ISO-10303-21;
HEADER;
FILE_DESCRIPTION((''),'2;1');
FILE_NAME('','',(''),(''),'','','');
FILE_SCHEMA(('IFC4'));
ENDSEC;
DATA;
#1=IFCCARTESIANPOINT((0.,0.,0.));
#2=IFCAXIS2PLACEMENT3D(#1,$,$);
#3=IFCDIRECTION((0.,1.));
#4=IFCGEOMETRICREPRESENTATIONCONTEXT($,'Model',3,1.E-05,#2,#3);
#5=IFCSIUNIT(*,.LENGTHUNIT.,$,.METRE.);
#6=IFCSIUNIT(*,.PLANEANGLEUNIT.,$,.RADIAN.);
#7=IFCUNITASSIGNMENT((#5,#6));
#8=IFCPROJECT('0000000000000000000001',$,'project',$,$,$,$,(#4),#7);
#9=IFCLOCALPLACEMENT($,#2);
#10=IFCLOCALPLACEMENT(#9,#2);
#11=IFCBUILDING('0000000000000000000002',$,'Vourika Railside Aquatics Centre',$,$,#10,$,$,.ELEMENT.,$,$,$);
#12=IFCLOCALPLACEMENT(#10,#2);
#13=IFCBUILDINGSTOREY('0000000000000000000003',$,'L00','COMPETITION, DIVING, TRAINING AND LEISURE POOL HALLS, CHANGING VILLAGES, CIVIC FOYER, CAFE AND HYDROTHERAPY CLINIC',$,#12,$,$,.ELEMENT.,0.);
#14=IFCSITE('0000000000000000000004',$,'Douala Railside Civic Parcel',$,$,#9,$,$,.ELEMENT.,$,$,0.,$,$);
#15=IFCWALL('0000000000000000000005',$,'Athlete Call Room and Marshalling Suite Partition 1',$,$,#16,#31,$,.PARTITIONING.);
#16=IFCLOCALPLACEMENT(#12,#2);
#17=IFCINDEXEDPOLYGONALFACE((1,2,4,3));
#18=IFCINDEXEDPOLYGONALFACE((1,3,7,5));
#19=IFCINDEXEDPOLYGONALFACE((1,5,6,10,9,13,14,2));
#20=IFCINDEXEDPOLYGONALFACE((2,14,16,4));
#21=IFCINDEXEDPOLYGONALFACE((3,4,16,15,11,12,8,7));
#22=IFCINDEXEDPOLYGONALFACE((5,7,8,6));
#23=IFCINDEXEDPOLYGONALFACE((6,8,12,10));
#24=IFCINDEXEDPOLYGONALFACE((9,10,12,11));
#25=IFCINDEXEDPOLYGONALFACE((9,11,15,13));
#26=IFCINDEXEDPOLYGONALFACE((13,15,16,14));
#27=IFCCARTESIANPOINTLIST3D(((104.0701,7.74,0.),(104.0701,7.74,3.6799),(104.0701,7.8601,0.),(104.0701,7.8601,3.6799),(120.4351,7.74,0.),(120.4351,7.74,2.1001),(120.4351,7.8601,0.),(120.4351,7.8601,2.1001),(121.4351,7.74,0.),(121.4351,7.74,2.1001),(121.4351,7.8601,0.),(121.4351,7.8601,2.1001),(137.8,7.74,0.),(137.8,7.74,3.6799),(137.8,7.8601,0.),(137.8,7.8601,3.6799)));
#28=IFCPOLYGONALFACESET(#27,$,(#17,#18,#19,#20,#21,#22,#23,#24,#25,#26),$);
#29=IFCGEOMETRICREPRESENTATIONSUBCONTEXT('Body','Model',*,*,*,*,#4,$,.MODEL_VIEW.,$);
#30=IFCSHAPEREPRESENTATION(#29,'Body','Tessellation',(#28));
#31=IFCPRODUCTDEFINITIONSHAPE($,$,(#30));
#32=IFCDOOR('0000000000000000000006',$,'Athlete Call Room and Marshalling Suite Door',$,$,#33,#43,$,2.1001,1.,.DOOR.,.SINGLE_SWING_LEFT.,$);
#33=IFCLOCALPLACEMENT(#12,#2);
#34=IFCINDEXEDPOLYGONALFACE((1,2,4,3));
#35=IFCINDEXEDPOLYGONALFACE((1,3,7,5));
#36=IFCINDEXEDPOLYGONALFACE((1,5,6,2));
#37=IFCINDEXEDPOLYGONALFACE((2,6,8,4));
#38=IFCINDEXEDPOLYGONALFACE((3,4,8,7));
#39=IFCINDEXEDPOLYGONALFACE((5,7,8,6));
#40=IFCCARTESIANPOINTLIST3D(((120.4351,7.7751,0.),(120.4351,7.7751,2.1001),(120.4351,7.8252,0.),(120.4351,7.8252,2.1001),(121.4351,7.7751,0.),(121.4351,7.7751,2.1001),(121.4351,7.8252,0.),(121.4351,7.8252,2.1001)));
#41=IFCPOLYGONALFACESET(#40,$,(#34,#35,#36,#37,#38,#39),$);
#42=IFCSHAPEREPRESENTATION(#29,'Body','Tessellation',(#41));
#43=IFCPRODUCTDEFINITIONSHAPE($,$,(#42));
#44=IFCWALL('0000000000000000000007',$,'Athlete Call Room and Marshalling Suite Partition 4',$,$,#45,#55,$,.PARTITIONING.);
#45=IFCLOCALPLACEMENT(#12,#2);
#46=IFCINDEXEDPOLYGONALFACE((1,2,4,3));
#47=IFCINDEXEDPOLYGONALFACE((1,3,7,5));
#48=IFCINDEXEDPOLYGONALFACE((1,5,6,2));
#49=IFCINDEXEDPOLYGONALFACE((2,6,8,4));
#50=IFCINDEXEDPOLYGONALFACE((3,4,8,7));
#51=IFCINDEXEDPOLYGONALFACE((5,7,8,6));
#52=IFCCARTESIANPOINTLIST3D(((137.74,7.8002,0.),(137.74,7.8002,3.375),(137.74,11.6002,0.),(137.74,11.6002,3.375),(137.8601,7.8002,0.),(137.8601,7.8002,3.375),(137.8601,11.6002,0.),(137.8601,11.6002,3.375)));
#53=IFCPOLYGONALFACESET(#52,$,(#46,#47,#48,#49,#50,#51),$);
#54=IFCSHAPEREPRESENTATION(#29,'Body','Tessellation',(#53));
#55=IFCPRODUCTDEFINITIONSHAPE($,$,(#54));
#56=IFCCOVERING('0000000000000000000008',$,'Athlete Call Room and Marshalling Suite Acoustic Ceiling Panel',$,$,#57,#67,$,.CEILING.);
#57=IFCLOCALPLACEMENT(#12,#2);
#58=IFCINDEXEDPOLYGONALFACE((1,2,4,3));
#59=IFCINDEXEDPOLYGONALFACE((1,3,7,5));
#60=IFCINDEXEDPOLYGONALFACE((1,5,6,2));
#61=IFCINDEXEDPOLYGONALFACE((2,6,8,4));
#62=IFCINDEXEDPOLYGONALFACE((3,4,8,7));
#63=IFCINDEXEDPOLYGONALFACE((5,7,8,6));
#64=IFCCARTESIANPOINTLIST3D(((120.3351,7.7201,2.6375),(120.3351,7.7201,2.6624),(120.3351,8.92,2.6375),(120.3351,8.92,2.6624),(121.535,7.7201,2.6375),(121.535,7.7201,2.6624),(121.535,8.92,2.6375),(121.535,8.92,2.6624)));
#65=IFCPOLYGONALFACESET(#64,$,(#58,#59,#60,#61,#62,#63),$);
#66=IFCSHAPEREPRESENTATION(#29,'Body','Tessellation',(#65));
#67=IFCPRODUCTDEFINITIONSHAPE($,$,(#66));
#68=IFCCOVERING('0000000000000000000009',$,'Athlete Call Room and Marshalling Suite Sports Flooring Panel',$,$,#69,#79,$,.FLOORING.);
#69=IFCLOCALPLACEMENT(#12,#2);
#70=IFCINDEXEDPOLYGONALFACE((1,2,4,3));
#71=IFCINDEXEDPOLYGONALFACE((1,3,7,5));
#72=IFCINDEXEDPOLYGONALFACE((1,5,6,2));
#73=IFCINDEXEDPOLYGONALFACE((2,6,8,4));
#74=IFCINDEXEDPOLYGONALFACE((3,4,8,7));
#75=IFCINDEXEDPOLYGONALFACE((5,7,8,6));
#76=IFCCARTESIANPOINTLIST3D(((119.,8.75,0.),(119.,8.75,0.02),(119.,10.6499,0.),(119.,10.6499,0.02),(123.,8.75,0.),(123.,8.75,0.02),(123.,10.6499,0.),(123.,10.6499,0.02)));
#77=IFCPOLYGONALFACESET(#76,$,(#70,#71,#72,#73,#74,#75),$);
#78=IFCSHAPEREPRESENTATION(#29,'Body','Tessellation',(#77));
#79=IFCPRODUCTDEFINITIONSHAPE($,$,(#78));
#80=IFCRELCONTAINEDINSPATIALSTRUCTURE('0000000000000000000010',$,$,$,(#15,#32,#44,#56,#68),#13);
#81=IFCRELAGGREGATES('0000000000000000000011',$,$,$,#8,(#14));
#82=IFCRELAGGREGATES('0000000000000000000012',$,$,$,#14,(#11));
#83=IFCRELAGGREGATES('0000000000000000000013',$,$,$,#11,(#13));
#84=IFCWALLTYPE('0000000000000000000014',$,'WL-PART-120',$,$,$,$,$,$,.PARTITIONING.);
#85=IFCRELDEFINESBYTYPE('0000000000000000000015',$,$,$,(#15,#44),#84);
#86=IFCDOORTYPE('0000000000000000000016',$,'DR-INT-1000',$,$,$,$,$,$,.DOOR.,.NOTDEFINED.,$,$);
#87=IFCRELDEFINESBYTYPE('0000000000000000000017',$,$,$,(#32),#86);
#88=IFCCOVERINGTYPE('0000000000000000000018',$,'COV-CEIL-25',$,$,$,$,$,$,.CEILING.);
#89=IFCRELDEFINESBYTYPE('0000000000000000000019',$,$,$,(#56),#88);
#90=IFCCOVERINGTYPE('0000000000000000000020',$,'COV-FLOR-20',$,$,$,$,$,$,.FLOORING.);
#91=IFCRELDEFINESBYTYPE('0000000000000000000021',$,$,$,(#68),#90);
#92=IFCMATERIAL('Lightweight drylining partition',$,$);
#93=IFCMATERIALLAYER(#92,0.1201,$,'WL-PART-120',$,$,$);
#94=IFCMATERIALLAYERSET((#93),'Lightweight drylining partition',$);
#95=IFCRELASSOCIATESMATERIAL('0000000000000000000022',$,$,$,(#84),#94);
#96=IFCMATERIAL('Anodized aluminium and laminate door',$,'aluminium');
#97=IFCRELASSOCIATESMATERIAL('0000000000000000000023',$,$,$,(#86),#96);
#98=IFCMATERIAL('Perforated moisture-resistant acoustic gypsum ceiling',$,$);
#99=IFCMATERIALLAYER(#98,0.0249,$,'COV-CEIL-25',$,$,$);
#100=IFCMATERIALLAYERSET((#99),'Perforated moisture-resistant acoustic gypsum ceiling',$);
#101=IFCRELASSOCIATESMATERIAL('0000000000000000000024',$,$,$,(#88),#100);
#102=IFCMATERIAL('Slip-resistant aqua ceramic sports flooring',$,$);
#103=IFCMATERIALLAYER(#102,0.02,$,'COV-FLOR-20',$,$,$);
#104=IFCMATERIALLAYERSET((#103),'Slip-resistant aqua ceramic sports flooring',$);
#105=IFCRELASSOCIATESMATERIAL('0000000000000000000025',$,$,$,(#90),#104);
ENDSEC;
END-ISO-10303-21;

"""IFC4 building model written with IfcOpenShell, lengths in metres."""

from ifc_helpers import new_model, si_unit, direction, frame, frame_2d, origin, origin_2d, place, context, subcontext, project, spatial, rectangle, extrude, material, layer, layer_set, type_object, element, fill, save


model = new_model("IFC4")

# Units and contexts
model_context = context("Model", 3, precision=1e-05, world=origin(), true_north=direction((0.0, 1.0)))
body_context = subcontext(model_context, "Body", "Model", "MODEL_VIEW")
ifc_project = project(units=[si_unit("LENGTHUNIT", "METRE"), si_unit("PLANEANGLEUNIT", "RADIAN")], contexts=[model_context])

# Site, building, storey
site_placement = place(None, origin())
site = spatial("IfcSite", under=ifc_project, at=site_placement, Name="Douala Railside Civic Parcel", CompositionType="ELEMENT", RefElevation=0.0)
building_placement = place(site_placement, origin())
building = spatial("IfcBuilding", under=site, at=building_placement, Name="Vourika Railside Aquatics Centre", CompositionType="ELEMENT")
storey_placement = place(building_placement, origin())
storey = spatial("IfcBuildingStorey", under=building, at=storey_placement, Name="L00", Description="COMPETITION, DIVING, TRAINING AND LEISURE POOL HALLS, CHANGING VILLAGES, CIVIC FOYER, CAFE AND HYDROTHERAPY CLINIC", CompositionType="ELEMENT", Elevation=0.0)

# Wall, opening, door
ifc_material_1 = material(Name="Lightweight drylining partition")
ifc_layer_1 = layer(ifc_material_1, 0.1201, Name="WL-PART-120")
ifc_layer_set_1 = layer_set([ifc_layer_1], Name="Lightweight drylining partition")
wall_type_1 = type_object("IfcWallType", Name="WL-PART-120", PredefinedType="PARTITIONING", material=ifc_layer_set_1)
wall_1_placement = place(storey_placement, frame((137.8, 7.8, 0.0), z_axis=(0.0, 0.0, 1.0), x_axis=(-1.0, 0.0, 0.0)))
wall_1 = element("IfcWall", 1, at=wall_1_placement, inside=storey, type_object=wall_type_1, Name="Athlete Call Room and Marshalling Suite Partition 1", PredefinedType="PARTITIONING", context=body_context, shape_type="SweptSolid", body=[
    extrude(rectangle(XDim=33.73, YDim=0.1201, at=frame_2d((16.865, 0.0))), origin(), (0.0, 0.0, 1.0), 3.6799),
])
opening_1_placement = place(wall_1_placement, frame((16.365, 0.0, 0.0)))
opening_1 = element("IfcOpeningElement", 2, at=opening_1_placement, cuts=wall_1, PredefinedType="OPENING", context=body_context, shape_type="SweptSolid", body=[
    extrude(rectangle(XDim=1.0, YDim=2.1001, at=frame_2d((0.5, 1.05))), frame((0.0, 0.0701, 0.0), z_axis=(0.0, -1.0, 0.0), x_axis=(1.0, 0.0, 0.0)), (0.0, 0.0, 1.0), 0.1401),
])
ifc_material_2 = material(Name="Anodized aluminium and laminate door", Category="aluminium")
door_type_1 = type_object("IfcDoorType", Name="DR-INT-1000", OperationType="NOTDEFINED", PredefinedType="DOOR", material=ifc_material_2)
door_1_placement = place(opening_1_placement, origin())
door_1 = element("IfcDoor", 3, at=door_1_placement, inside=storey, type_object=door_type_1, Name="Athlete Call Room and Marshalling Suite Door", OperationType="SINGLE_SWING_LEFT", OverallHeight=2.1001, OverallWidth=1.0, PredefinedType="DOOR", context=body_context, shape_type="SweptSolid", body=[
    extrude(rectangle(XDim=1.0, YDim=2.1001, at=frame_2d((0.5, 1.05))), frame((0.0, 0.0249, 0.0), z_axis=(0.0, -1.0, 0.0), x_axis=(1.0, 0.0, 0.0)), (0.0, 0.0, 1.0), 0.05),
])
fill(opening_1, door_1)

# Wall
wall_2_placement = place(storey_placement, frame((137.8, 11.6001, 0.0), z_axis=(0.0, 0.0, 1.0), x_axis=(0.0, -1.0, 0.0)))
element("IfcWall", 4, at=wall_2_placement, inside=storey, type_object=wall_type_1, Name="Athlete Call Room and Marshalling Suite Partition 4", PredefinedType="PARTITIONING", context=body_context, shape_type="SweptSolid", body=[
    extrude(rectangle(XDim=3.8, YDim=0.1201, at=frame_2d((1.8999, 0.0))), origin(), (0.0, 0.0, 1.0), 3.375),
])

# Coverings
ifc_material_3 = material(Name="Perforated moisture-resistant acoustic gypsum ceiling")
ifc_layer_2 = layer(ifc_material_3, 0.0249, Name="COV-CEIL-25")
ifc_layer_set_2 = layer_set([ifc_layer_2], Name="Perforated moisture-resistant acoustic gypsum ceiling")
covering_type_1 = type_object("IfcCoveringType", Name="COV-CEIL-25", PredefinedType="CEILING", material=ifc_layer_set_2)
covering_1_placement = place(storey_placement, frame((120.9351, 8.3201, 2.6375), z_axis=(0.0, 0.0, 1.0), x_axis=(1.0, 0.0, 0.0)))
element("IfcCovering", 5, at=covering_1_placement, inside=storey, type_object=covering_type_1, Name="Athlete Call Room and Marshalling Suite Acoustic Ceiling Panel", PredefinedType="CEILING", context=body_context, shape_type="SweptSolid", body=[
    extrude(rectangle(XDim=1.2, YDim=1.2, at=origin_2d()), origin(), (0.0, 0.0, 1.0), 0.0249),
])
ifc_material_4 = material(Name="Slip-resistant aqua ceramic sports flooring")
ifc_layer_3 = layer(ifc_material_4, 0.02, Name="COV-FLOR-20")
ifc_layer_set_3 = layer_set([ifc_layer_3], Name="Slip-resistant aqua ceramic sports flooring")
covering_type_2 = type_object("IfcCoveringType", Name="COV-FLOR-20", PredefinedType="FLOORING", material=ifc_layer_set_3)
covering_2_placement = place(storey_placement, frame((121.0, 9.7, 0.0), z_axis=(0.0, 0.0, 1.0), x_axis=(1.0, 0.0, 0.0)))
element("IfcCovering", 6, at=covering_2_placement, inside=storey, type_object=covering_type_2, Name="Athlete Call Room and Marshalling Suite Sports Flooring Panel", PredefinedType="FLOORING", context=body_context, shape_type="SweptSolid", body=[
    extrude(rectangle(XDim=4.0, YDim=1.8999, at=origin_2d()), origin(), (0.0, 0.0, 1.0), 0.02),
])

save(model, "model.ifc")
